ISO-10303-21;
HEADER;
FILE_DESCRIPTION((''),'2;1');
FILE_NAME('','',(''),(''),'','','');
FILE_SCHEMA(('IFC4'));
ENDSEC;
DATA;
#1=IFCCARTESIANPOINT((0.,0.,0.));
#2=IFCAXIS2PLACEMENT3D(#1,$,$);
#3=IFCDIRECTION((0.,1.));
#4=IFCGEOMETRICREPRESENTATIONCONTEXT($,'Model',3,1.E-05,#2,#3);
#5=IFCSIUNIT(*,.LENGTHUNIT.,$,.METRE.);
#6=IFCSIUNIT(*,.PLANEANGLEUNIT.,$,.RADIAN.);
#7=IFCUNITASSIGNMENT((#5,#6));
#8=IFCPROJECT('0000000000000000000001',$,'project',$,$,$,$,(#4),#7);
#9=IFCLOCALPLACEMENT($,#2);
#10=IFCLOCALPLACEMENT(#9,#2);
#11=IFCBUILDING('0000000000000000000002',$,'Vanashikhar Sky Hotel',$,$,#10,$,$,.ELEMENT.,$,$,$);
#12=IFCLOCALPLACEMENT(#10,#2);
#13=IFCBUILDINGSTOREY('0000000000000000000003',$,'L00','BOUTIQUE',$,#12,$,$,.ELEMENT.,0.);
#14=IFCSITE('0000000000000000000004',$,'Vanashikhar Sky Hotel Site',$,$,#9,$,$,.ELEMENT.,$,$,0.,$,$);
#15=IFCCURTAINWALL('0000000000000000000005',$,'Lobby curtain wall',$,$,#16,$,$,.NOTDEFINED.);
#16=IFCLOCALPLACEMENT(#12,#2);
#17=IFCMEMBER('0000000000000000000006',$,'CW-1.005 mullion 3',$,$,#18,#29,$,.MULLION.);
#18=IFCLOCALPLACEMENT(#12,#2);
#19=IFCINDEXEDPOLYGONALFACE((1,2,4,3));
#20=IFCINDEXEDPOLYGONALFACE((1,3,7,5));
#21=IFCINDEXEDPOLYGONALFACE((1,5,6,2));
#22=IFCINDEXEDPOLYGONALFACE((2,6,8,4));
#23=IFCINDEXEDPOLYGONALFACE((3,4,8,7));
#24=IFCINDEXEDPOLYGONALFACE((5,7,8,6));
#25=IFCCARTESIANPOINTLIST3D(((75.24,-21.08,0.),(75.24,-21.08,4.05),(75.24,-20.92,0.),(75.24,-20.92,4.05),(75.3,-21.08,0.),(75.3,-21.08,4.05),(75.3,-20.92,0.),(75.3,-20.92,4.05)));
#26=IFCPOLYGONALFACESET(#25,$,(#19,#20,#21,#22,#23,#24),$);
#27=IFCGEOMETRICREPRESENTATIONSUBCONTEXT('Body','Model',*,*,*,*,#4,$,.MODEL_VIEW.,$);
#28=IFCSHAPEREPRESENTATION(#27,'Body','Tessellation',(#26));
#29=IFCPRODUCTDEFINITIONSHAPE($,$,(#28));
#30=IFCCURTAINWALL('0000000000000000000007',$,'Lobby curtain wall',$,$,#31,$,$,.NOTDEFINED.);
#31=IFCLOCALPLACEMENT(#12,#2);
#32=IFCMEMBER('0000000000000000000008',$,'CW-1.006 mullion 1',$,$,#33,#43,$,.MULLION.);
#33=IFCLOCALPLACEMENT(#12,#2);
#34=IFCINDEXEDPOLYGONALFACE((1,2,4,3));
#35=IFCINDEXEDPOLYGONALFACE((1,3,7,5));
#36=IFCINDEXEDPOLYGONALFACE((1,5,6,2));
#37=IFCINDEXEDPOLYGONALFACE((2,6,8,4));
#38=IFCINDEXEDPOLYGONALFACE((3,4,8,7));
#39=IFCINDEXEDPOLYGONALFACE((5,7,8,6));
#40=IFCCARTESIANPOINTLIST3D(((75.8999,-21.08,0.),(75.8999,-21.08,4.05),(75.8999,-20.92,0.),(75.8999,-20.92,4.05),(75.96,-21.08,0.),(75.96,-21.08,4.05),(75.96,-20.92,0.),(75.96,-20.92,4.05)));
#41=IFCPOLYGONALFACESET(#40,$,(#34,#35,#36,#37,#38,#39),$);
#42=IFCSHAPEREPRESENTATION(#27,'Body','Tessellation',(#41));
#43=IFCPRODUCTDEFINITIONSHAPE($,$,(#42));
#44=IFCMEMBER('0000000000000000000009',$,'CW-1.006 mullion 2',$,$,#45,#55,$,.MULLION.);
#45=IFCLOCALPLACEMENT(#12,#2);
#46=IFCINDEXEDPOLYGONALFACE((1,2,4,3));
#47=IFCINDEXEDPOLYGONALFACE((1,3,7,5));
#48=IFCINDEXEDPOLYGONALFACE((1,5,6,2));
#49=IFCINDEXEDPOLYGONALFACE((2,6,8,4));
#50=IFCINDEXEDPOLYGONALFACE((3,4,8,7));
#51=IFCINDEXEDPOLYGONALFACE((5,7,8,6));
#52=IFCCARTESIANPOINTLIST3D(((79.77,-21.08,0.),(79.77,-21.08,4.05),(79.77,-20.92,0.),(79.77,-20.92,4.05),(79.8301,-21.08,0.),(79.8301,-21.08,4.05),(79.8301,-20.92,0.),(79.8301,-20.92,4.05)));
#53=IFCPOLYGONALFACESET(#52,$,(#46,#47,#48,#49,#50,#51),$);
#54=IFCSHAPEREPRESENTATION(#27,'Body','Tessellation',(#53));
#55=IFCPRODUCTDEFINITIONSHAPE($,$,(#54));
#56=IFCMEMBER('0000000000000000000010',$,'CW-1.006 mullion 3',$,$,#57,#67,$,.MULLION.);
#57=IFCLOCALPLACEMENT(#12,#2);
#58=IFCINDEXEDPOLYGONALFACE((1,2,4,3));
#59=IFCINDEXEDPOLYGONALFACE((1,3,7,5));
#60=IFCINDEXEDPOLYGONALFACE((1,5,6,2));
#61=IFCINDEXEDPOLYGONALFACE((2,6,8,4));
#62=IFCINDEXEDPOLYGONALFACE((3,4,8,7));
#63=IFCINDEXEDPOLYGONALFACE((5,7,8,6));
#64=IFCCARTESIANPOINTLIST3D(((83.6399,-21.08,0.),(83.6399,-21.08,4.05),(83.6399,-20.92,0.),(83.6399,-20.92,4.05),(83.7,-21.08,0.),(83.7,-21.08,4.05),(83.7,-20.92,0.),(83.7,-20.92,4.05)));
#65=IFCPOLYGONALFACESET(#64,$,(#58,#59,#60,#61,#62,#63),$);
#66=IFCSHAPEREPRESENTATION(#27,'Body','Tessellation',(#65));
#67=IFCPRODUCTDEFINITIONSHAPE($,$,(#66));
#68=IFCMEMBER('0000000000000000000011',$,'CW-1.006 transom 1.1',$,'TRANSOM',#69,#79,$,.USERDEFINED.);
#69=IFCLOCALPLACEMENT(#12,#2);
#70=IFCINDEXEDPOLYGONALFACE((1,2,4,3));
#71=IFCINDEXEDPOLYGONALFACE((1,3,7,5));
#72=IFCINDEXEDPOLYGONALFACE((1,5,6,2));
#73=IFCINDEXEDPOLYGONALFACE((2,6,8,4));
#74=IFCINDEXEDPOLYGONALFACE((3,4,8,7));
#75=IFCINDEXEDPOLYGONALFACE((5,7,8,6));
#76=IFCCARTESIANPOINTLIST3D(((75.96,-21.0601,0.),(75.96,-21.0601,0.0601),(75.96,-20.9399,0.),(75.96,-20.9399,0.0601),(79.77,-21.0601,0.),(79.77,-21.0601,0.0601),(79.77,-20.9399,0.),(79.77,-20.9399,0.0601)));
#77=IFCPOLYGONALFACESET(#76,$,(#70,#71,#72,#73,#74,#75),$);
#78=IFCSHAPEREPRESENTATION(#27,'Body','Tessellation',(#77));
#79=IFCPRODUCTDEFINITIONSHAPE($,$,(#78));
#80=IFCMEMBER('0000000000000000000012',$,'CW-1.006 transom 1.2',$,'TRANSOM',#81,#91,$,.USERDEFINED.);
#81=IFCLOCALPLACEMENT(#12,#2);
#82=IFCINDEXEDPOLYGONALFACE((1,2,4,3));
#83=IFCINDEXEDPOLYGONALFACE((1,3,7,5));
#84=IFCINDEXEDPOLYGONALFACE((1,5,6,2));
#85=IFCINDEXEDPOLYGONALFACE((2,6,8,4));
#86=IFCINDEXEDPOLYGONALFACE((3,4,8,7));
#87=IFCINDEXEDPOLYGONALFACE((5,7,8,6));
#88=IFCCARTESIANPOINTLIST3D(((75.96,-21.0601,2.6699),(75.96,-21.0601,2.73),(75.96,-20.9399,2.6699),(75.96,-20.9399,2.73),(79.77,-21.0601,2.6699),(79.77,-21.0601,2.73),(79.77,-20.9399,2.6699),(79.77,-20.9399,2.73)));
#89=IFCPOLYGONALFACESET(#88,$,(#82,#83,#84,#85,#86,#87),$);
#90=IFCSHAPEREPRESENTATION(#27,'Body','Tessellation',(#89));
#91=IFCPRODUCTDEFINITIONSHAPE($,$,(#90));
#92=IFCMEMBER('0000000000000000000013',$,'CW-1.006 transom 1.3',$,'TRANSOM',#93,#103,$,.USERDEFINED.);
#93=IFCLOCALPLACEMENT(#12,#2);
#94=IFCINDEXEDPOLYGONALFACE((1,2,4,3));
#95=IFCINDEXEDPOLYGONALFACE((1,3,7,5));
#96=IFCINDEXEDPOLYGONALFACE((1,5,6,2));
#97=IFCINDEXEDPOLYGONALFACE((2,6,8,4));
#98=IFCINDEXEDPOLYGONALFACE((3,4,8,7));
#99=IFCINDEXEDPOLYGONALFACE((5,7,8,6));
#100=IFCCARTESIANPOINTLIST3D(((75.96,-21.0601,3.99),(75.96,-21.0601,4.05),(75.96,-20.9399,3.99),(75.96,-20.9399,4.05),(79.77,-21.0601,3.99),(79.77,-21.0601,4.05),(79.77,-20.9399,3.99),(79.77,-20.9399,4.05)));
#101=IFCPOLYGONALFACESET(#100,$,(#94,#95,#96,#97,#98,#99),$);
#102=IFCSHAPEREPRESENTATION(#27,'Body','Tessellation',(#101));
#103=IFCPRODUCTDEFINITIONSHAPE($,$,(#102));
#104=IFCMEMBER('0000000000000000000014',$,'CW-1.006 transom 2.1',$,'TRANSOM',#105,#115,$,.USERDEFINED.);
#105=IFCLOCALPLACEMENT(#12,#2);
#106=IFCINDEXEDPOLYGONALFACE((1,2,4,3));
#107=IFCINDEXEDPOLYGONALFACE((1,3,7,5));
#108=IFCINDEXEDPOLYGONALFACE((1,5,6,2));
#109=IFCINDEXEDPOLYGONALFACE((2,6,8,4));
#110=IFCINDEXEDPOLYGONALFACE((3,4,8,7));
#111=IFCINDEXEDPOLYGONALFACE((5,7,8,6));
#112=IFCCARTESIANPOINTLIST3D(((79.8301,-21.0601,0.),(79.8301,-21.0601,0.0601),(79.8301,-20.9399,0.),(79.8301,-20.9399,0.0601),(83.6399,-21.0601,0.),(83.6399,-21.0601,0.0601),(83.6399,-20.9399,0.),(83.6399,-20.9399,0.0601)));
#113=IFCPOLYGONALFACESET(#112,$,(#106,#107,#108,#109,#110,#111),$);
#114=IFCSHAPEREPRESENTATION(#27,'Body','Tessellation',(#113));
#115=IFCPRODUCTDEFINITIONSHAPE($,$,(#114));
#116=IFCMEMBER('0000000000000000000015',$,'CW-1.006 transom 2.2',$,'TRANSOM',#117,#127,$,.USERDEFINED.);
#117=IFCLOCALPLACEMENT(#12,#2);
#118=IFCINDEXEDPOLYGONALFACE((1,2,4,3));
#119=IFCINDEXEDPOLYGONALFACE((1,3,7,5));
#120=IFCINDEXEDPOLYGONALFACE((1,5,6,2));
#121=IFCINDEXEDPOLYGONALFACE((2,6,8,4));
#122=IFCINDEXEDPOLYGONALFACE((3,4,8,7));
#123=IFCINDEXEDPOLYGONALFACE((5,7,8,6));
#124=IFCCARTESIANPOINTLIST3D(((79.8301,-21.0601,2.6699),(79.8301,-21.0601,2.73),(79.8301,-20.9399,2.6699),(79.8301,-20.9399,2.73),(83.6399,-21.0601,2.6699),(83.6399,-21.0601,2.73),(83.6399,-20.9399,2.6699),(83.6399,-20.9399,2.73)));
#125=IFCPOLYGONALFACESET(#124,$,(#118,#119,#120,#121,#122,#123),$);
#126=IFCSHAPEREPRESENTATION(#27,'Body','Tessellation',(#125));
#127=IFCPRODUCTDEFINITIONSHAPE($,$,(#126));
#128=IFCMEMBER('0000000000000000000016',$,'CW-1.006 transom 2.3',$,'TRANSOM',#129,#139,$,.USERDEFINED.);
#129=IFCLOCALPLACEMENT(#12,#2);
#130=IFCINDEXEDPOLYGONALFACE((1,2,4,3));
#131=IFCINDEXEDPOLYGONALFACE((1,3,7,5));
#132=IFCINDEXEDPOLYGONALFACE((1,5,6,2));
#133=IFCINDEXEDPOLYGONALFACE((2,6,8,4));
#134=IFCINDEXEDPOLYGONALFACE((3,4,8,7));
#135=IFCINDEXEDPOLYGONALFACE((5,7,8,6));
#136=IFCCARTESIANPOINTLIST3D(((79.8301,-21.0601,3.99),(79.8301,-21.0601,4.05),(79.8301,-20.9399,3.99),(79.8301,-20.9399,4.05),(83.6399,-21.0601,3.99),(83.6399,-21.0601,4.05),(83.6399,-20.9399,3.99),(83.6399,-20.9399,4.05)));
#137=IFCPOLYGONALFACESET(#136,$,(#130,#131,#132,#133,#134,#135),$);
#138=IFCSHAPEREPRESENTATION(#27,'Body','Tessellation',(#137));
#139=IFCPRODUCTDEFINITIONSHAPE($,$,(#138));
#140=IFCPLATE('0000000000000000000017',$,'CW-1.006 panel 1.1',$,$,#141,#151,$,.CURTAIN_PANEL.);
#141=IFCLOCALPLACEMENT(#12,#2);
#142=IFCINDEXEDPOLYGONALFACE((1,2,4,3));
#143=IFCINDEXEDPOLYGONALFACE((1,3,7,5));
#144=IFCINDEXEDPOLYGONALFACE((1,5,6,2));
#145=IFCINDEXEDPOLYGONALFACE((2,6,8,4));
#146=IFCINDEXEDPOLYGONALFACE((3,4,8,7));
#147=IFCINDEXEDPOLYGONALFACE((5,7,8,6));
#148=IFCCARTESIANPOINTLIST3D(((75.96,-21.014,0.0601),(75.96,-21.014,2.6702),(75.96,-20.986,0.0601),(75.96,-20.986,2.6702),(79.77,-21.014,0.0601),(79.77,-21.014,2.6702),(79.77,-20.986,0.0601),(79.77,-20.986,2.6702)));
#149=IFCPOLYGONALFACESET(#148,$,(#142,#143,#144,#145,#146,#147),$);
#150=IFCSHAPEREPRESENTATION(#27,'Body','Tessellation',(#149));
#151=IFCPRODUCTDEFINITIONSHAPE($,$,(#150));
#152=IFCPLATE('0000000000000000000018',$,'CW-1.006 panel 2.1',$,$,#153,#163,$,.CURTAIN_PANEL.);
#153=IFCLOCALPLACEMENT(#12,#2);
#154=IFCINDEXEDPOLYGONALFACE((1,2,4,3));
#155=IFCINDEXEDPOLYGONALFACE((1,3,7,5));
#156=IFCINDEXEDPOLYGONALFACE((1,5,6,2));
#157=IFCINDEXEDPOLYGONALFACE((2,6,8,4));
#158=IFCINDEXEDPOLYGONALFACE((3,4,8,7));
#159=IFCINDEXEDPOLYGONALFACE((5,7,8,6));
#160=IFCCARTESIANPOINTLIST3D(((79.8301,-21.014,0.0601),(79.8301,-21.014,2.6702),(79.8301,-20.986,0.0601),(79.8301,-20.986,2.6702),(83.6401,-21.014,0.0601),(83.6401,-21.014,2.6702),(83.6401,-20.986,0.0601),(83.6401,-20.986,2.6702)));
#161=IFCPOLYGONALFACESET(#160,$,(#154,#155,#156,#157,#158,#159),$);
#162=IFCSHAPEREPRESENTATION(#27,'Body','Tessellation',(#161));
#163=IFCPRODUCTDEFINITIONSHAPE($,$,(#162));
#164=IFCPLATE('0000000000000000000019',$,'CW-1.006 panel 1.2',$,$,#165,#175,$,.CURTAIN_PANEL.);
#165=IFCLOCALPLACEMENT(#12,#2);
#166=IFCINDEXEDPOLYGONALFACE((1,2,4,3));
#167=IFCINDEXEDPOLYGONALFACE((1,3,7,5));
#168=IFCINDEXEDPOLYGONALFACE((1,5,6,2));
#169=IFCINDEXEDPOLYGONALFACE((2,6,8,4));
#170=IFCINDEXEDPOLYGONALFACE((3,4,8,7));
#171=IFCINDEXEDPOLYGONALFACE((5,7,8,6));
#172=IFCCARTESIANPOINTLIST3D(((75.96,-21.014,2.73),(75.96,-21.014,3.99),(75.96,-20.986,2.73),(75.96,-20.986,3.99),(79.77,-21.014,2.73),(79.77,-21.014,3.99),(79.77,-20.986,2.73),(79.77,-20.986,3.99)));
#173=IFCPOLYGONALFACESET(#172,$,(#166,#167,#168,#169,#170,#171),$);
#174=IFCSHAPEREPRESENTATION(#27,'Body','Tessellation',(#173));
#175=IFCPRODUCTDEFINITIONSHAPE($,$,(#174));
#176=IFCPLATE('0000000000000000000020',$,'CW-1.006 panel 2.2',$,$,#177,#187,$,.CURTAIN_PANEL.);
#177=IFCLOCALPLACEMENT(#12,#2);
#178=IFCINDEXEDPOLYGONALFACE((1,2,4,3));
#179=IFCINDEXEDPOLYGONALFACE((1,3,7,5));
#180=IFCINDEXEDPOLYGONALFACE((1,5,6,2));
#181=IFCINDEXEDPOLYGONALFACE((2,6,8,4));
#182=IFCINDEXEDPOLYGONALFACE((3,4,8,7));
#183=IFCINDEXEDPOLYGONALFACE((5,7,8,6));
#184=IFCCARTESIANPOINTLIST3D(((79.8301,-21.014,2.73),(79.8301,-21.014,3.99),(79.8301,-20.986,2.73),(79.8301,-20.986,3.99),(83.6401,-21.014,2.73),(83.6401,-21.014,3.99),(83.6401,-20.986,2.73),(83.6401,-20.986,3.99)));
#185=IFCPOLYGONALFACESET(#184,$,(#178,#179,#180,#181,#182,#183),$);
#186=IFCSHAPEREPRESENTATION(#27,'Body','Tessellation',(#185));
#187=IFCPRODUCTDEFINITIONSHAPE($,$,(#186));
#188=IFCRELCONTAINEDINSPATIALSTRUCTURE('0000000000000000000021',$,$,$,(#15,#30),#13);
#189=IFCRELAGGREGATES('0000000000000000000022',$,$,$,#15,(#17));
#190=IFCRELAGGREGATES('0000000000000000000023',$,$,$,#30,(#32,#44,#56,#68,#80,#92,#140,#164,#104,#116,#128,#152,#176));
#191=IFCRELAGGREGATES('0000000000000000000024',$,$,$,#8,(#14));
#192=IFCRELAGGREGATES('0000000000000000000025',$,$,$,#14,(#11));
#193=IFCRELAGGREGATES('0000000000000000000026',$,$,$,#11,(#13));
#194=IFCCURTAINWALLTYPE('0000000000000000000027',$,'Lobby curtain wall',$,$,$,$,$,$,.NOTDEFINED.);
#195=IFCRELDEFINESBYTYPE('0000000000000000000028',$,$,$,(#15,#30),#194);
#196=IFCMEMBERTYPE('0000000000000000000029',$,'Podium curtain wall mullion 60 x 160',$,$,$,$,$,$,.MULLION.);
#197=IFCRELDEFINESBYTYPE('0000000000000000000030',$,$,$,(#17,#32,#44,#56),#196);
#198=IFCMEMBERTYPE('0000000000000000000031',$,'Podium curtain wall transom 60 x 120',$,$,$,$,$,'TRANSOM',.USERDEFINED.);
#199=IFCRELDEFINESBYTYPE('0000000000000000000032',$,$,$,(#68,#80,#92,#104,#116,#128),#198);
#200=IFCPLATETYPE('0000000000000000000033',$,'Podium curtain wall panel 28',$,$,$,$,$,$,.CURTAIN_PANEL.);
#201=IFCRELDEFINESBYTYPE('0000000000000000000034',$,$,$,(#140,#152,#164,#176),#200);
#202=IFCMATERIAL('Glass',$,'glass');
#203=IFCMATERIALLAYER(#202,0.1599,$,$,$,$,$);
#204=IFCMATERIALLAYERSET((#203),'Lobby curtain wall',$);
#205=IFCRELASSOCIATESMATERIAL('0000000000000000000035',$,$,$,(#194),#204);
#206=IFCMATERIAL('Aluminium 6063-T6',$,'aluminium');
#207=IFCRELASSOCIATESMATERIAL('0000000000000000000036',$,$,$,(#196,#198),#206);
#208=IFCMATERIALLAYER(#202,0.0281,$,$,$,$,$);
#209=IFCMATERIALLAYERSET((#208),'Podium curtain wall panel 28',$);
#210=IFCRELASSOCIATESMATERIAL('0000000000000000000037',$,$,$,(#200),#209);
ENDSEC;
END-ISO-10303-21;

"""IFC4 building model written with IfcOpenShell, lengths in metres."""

from ifc_helpers import new_model, si_unit, direction, frame, origin, origin_2d, place, context, subcontext, project, spatial, rectangle, extrude, source, transform, mapped, material, layer, layer_set, material_profile, profile_set, type_object, element, aggregate, save


model = new_model("IFC4")

# Units and contexts
model_context = context("Model", 3, precision=1e-05, world=origin(), true_north=direction((0.0, 1.0)))
body_context = subcontext(model_context, "Body", "Model", "MODEL_VIEW")
ifc_project = project(units=[si_unit("LENGTHUNIT", "METRE"), si_unit("PLANEANGLEUNIT", "RADIAN")], contexts=[model_context])

# Site, building, storey
site_placement = place(None, origin())
site = spatial("IfcSite", under=ifc_project, at=site_placement, Name="Vanashikhar Sky Hotel Site", CompositionType="ELEMENT", RefElevation=0.0)
building_placement = place(site_placement, origin())
building = spatial("IfcBuilding", under=site, at=building_placement, Name="Vanashikhar Sky Hotel", CompositionType="ELEMENT")
storey_placement = place(building_placement, origin())
storey = spatial("IfcBuildingStorey", under=building, at=storey_placement, Name="L00", Description="BOUTIQUE", CompositionType="ELEMENT", Elevation=0.0)

# Curtain wall, member
ifc_material_1 = material(Name="Glass", Category="glass")
ifc_layer_1 = layer(ifc_material_1, 0.1599)
ifc_layer_set_1 = layer_set([ifc_layer_1], Name="Lobby curtain wall")
curtain_wall_type = type_object("IfcCurtainWallType", Name="Lobby curtain wall", PredefinedType="NOTDEFINED", material=ifc_layer_set_1)
curtain_wall_1_placement = place(storey_placement, origin())
curtain_wall_1 = element("IfcCurtainWall", 1, at=curtain_wall_1_placement, inside=storey, type_object=curtain_wall_type, Name="Lobby curtain wall", PredefinedType="NOTDEFINED")
ifc_material_2 = material(Name="Aluminium 6063-T6", Category="aluminium")
ifc_material_profile_1 = material_profile(ifc_material_2, rectangle(XDim=0.1599, YDim=0.0601, at=origin_2d()))
ifc_profile_set_1 = profile_set([ifc_material_profile_1], Name="Aluminium 6063-T6")
member_type_1 = type_object("IfcMemberType", Name="Podium curtain wall mullion 60 x 160", PredefinedType="MULLION", material=ifc_profile_set_1)
shared_shape_1 = source(origin(), body_context, "Body", "SweptSolid", [
    extrude(rectangle(XDim=0.1599, YDim=0.0601, at=origin_2d()), origin(), (0.0, 0.0, 1.0), 4.05),
])
member_1_placement = place(storey_placement, frame((75.27, -21.0, 0.0), z_axis=(0.0, 0.0, 1.0), x_axis=(0.0, 1.0, 0.0)))
member_1 = element("IfcMember", 2, at=member_1_placement, type_object=member_type_1, Name="CW-1.005 mullion 3", PredefinedType="MULLION", context=body_context, shape_type="MappedRepresentation", body=[
    mapped(shared_shape_1, transform((0.0, 0.0, 0.0), scale=1.0)),
])
aggregate(curtain_wall_1, [member_1])

# Curtain wall, members, plates
curtain_wall_2_placement = place(storey_placement, origin())
curtain_wall_2 = element("IfcCurtainWall", 3, at=curtain_wall_2_placement, inside=storey, type_object=curtain_wall_type, Name="Lobby curtain wall", PredefinedType="NOTDEFINED")
member_2_placement = place(storey_placement, frame((75.9299, -21.0, 0.0), z_axis=(0.0, 0.0, 1.0), x_axis=(0.0, 1.0, 0.0)))
member_2 = element("IfcMember", 4, at=member_2_placement, type_object=member_type_1, Name="CW-1.006 mullion 1", PredefinedType="MULLION", context=body_context, shape_type="MappedRepresentation", body=[
    mapped(shared_shape_1, transform((0.0, 0.0, 0.0), scale=1.0)),
])
member_3_placement = place(storey_placement, frame((79.8, -21.0, 0.0), z_axis=(0.0, 0.0, 1.0), x_axis=(0.0, 1.0, 0.0)))
member_3 = element("IfcMember", 5, at=member_3_placement, type_object=member_type_1, Name="CW-1.006 mullion 2", PredefinedType="MULLION", context=body_context, shape_type="MappedRepresentation", body=[
    mapped(shared_shape_1, transform((0.0, 0.0, 0.0), scale=1.0)),
])
member_4_placement = place(storey_placement, frame((83.6699, -21.0, 0.0), z_axis=(0.0, 0.0, 1.0), x_axis=(0.0, 1.0, 0.0)))
member_4 = element("IfcMember", 6, at=member_4_placement, type_object=member_type_1, Name="CW-1.006 mullion 3", PredefinedType="MULLION", context=body_context, shape_type="MappedRepresentation", body=[
    mapped(shared_shape_1, transform((0.0, 0.0, 0.0), scale=1.0)),
])
ifc_material_profile_2 = material_profile(ifc_material_2, rectangle(XDim=0.1201, YDim=0.0601, at=origin_2d()))
ifc_profile_set_2 = profile_set([ifc_material_profile_2], Name="Aluminium 6063-T6")
member_type_2 = type_object("IfcMemberType", Name="Podium curtain wall transom 60 x 120", ElementType="TRANSOM", PredefinedType="USERDEFINED", material=ifc_profile_set_2)
shared_shape_2 = source(origin(), body_context, "Body", "SweptSolid", [
    extrude(rectangle(XDim=0.1201, YDim=0.0601, at=origin_2d()), origin(), (0.0, 0.0, 1.0), 3.8101),
])
member_5_placement = place(storey_placement, frame((75.96, -21.0, 0.03), z_axis=(1.0, 0.0, 0.0), x_axis=(0.0, 1.0, 0.0)))
member_5 = element("IfcMember", 7, at=member_5_placement, type_object=member_type_2, Name="CW-1.006 transom 1.1", ObjectType="TRANSOM", PredefinedType="USERDEFINED", context=body_context, shape_type="MappedRepresentation", body=[
    mapped(shared_shape_2, transform((0.0, 0.0, 0.0), scale=1.0)),
])
member_6_placement = place(storey_placement, frame((75.96, -21.0, 2.7), z_axis=(1.0, 0.0, 0.0), x_axis=(0.0, 1.0, 0.0)))
member_6 = element("IfcMember", 8, at=member_6_placement, type_object=member_type_2, Name="CW-1.006 transom 1.2", ObjectType="TRANSOM", PredefinedType="USERDEFINED", context=body_context, shape_type="MappedRepresentation", body=[
    mapped(shared_shape_2, transform((0.0, 0.0, 0.0), scale=1.0)),
])
member_7_placement = place(storey_placement, frame((75.96, -21.0, 4.02), z_axis=(1.0, 0.0, 0.0), x_axis=(0.0, 1.0, 0.0)))
member_7 = element("IfcMember", 9, at=member_7_placement, type_object=member_type_2, Name="CW-1.006 transom 1.3", ObjectType="TRANSOM", PredefinedType="USERDEFINED", context=body_context, shape_type="MappedRepresentation", body=[
    mapped(shared_shape_2, transform((0.0, 0.0, 0.0), scale=1.0)),
])
shared_shape_3 = source(origin(), body_context, "Body", "SweptSolid", [
    extrude(rectangle(XDim=0.1201, YDim=0.0601, at=origin_2d()), origin(), (0.0, 0.0, 1.0), 3.8098),
])
member_8_placement = place(storey_placement, frame((79.8301, -21.0, 0.03), z_axis=(1.0, 0.0, 0.0), x_axis=(0.0, 1.0, 0.0)))
member_8 = element("IfcMember", 10, at=member_8_placement, type_object=member_type_2, Name="CW-1.006 transom 2.1", ObjectType="TRANSOM", PredefinedType="USERDEFINED", context=body_context, shape_type="MappedRepresentation", body=[
    mapped(shared_shape_3, transform((0.0, 0.0, 0.0), scale=1.0)),
])
member_9_placement = place(storey_placement, frame((79.8301, -21.0, 2.7), z_axis=(1.0, 0.0, 0.0), x_axis=(0.0, 1.0, 0.0)))
member_9 = element("IfcMember", 11, at=member_9_placement, type_object=member_type_2, Name="CW-1.006 transom 2.2", ObjectType="TRANSOM", PredefinedType="USERDEFINED", context=body_context, shape_type="MappedRepresentation", body=[
    mapped(shared_shape_3, transform((0.0, 0.0, 0.0), scale=1.0)),
])
member_10_placement = place(storey_placement, frame((79.8301, -21.0, 4.02), z_axis=(1.0, 0.0, 0.0), x_axis=(0.0, 1.0, 0.0)))
member_10 = element("IfcMember", 12, at=member_10_placement, type_object=member_type_2, Name="CW-1.006 transom 2.3", ObjectType="TRANSOM", PredefinedType="USERDEFINED", context=body_context, shape_type="MappedRepresentation", body=[
    mapped(shared_shape_3, transform((0.0, 0.0, 0.0), scale=1.0)),
])
ifc_layer_2 = layer(ifc_material_1, 0.0281)
ifc_layer_set_2 = layer_set([ifc_layer_2], Name="Podium curtain wall panel 28")
plate_type = type_object("IfcPlateType", Name="Podium curtain wall panel 28", PredefinedType="CURTAIN_PANEL", material=ifc_layer_set_2)
shared_shape_4 = source(origin(), body_context, "Body", "SweptSolid", [
    extrude(rectangle(XDim=3.8101, YDim=0.0281, at=origin_2d()), origin(), (0.0, 0.0, 1.0), 2.6101),
])
plate_1_placement = place(storey_placement, frame((77.865, -21.0, 0.0601), z_axis=(0.0, 0.0, 1.0), x_axis=(1.0, 0.0, 0.0)))
plate_1 = element("IfcPlate", 13, at=plate_1_placement, type_object=plate_type, Name="CW-1.006 panel 1.1", PredefinedType="CURTAIN_PANEL", context=body_context, shape_type="MappedRepresentation", body=[
    mapped(shared_shape_4, transform((0.0, 0.0, 0.0), scale=1.0)),
])
plate_2_placement = place(storey_placement, frame((81.7351, -21.0, 0.0601), z_axis=(0.0, 0.0, 1.0), x_axis=(1.0, 0.0, 0.0)))
plate_2 = element("IfcPlate", 14, at=plate_2_placement, type_object=plate_type, Name="CW-1.006 panel 2.1", PredefinedType="CURTAIN_PANEL", context=body_context, shape_type="MappedRepresentation", body=[
    mapped(shared_shape_4, transform((0.0, 0.0, 0.0), scale=1.0)),
])
shared_shape_5 = source(origin(), body_context, "Body", "SweptSolid", [
    extrude(rectangle(XDim=3.8101, YDim=0.0281, at=origin_2d()), origin(), (0.0, 0.0, 1.0), 1.26),
])
plate_3_placement = place(storey_placement, frame((77.865, -21.0, 2.73), z_axis=(0.0, 0.0, 1.0), x_axis=(1.0, 0.0, 0.0)))
plate_3 = element("IfcPlate", 15, at=plate_3_placement, type_object=plate_type, Name="CW-1.006 panel 1.2", PredefinedType="CURTAIN_PANEL", context=body_context, shape_type="MappedRepresentation", body=[
    mapped(shared_shape_5, transform((0.0, 0.0, 0.0), scale=1.0)),
])
plate_4_placement = place(storey_placement, frame((81.7351, -21.0, 2.73), z_axis=(0.0, 0.0, 1.0), x_axis=(1.0, 0.0, 0.0)))
plate_4 = element("IfcPlate", 16, at=plate_4_placement, type_object=plate_type, Name="CW-1.006 panel 2.2", PredefinedType="CURTAIN_PANEL", context=body_context, shape_type="MappedRepresentation", body=[
    mapped(shared_shape_5, transform((0.0, 0.0, 0.0), scale=1.0)),
])
aggregate(curtain_wall_2, [member_2, member_3, member_4, member_5, member_6, member_7, plate_1, plate_3, member_8, member_9, member_10, plate_2, plate_4])

save(model, "model.ifc")
